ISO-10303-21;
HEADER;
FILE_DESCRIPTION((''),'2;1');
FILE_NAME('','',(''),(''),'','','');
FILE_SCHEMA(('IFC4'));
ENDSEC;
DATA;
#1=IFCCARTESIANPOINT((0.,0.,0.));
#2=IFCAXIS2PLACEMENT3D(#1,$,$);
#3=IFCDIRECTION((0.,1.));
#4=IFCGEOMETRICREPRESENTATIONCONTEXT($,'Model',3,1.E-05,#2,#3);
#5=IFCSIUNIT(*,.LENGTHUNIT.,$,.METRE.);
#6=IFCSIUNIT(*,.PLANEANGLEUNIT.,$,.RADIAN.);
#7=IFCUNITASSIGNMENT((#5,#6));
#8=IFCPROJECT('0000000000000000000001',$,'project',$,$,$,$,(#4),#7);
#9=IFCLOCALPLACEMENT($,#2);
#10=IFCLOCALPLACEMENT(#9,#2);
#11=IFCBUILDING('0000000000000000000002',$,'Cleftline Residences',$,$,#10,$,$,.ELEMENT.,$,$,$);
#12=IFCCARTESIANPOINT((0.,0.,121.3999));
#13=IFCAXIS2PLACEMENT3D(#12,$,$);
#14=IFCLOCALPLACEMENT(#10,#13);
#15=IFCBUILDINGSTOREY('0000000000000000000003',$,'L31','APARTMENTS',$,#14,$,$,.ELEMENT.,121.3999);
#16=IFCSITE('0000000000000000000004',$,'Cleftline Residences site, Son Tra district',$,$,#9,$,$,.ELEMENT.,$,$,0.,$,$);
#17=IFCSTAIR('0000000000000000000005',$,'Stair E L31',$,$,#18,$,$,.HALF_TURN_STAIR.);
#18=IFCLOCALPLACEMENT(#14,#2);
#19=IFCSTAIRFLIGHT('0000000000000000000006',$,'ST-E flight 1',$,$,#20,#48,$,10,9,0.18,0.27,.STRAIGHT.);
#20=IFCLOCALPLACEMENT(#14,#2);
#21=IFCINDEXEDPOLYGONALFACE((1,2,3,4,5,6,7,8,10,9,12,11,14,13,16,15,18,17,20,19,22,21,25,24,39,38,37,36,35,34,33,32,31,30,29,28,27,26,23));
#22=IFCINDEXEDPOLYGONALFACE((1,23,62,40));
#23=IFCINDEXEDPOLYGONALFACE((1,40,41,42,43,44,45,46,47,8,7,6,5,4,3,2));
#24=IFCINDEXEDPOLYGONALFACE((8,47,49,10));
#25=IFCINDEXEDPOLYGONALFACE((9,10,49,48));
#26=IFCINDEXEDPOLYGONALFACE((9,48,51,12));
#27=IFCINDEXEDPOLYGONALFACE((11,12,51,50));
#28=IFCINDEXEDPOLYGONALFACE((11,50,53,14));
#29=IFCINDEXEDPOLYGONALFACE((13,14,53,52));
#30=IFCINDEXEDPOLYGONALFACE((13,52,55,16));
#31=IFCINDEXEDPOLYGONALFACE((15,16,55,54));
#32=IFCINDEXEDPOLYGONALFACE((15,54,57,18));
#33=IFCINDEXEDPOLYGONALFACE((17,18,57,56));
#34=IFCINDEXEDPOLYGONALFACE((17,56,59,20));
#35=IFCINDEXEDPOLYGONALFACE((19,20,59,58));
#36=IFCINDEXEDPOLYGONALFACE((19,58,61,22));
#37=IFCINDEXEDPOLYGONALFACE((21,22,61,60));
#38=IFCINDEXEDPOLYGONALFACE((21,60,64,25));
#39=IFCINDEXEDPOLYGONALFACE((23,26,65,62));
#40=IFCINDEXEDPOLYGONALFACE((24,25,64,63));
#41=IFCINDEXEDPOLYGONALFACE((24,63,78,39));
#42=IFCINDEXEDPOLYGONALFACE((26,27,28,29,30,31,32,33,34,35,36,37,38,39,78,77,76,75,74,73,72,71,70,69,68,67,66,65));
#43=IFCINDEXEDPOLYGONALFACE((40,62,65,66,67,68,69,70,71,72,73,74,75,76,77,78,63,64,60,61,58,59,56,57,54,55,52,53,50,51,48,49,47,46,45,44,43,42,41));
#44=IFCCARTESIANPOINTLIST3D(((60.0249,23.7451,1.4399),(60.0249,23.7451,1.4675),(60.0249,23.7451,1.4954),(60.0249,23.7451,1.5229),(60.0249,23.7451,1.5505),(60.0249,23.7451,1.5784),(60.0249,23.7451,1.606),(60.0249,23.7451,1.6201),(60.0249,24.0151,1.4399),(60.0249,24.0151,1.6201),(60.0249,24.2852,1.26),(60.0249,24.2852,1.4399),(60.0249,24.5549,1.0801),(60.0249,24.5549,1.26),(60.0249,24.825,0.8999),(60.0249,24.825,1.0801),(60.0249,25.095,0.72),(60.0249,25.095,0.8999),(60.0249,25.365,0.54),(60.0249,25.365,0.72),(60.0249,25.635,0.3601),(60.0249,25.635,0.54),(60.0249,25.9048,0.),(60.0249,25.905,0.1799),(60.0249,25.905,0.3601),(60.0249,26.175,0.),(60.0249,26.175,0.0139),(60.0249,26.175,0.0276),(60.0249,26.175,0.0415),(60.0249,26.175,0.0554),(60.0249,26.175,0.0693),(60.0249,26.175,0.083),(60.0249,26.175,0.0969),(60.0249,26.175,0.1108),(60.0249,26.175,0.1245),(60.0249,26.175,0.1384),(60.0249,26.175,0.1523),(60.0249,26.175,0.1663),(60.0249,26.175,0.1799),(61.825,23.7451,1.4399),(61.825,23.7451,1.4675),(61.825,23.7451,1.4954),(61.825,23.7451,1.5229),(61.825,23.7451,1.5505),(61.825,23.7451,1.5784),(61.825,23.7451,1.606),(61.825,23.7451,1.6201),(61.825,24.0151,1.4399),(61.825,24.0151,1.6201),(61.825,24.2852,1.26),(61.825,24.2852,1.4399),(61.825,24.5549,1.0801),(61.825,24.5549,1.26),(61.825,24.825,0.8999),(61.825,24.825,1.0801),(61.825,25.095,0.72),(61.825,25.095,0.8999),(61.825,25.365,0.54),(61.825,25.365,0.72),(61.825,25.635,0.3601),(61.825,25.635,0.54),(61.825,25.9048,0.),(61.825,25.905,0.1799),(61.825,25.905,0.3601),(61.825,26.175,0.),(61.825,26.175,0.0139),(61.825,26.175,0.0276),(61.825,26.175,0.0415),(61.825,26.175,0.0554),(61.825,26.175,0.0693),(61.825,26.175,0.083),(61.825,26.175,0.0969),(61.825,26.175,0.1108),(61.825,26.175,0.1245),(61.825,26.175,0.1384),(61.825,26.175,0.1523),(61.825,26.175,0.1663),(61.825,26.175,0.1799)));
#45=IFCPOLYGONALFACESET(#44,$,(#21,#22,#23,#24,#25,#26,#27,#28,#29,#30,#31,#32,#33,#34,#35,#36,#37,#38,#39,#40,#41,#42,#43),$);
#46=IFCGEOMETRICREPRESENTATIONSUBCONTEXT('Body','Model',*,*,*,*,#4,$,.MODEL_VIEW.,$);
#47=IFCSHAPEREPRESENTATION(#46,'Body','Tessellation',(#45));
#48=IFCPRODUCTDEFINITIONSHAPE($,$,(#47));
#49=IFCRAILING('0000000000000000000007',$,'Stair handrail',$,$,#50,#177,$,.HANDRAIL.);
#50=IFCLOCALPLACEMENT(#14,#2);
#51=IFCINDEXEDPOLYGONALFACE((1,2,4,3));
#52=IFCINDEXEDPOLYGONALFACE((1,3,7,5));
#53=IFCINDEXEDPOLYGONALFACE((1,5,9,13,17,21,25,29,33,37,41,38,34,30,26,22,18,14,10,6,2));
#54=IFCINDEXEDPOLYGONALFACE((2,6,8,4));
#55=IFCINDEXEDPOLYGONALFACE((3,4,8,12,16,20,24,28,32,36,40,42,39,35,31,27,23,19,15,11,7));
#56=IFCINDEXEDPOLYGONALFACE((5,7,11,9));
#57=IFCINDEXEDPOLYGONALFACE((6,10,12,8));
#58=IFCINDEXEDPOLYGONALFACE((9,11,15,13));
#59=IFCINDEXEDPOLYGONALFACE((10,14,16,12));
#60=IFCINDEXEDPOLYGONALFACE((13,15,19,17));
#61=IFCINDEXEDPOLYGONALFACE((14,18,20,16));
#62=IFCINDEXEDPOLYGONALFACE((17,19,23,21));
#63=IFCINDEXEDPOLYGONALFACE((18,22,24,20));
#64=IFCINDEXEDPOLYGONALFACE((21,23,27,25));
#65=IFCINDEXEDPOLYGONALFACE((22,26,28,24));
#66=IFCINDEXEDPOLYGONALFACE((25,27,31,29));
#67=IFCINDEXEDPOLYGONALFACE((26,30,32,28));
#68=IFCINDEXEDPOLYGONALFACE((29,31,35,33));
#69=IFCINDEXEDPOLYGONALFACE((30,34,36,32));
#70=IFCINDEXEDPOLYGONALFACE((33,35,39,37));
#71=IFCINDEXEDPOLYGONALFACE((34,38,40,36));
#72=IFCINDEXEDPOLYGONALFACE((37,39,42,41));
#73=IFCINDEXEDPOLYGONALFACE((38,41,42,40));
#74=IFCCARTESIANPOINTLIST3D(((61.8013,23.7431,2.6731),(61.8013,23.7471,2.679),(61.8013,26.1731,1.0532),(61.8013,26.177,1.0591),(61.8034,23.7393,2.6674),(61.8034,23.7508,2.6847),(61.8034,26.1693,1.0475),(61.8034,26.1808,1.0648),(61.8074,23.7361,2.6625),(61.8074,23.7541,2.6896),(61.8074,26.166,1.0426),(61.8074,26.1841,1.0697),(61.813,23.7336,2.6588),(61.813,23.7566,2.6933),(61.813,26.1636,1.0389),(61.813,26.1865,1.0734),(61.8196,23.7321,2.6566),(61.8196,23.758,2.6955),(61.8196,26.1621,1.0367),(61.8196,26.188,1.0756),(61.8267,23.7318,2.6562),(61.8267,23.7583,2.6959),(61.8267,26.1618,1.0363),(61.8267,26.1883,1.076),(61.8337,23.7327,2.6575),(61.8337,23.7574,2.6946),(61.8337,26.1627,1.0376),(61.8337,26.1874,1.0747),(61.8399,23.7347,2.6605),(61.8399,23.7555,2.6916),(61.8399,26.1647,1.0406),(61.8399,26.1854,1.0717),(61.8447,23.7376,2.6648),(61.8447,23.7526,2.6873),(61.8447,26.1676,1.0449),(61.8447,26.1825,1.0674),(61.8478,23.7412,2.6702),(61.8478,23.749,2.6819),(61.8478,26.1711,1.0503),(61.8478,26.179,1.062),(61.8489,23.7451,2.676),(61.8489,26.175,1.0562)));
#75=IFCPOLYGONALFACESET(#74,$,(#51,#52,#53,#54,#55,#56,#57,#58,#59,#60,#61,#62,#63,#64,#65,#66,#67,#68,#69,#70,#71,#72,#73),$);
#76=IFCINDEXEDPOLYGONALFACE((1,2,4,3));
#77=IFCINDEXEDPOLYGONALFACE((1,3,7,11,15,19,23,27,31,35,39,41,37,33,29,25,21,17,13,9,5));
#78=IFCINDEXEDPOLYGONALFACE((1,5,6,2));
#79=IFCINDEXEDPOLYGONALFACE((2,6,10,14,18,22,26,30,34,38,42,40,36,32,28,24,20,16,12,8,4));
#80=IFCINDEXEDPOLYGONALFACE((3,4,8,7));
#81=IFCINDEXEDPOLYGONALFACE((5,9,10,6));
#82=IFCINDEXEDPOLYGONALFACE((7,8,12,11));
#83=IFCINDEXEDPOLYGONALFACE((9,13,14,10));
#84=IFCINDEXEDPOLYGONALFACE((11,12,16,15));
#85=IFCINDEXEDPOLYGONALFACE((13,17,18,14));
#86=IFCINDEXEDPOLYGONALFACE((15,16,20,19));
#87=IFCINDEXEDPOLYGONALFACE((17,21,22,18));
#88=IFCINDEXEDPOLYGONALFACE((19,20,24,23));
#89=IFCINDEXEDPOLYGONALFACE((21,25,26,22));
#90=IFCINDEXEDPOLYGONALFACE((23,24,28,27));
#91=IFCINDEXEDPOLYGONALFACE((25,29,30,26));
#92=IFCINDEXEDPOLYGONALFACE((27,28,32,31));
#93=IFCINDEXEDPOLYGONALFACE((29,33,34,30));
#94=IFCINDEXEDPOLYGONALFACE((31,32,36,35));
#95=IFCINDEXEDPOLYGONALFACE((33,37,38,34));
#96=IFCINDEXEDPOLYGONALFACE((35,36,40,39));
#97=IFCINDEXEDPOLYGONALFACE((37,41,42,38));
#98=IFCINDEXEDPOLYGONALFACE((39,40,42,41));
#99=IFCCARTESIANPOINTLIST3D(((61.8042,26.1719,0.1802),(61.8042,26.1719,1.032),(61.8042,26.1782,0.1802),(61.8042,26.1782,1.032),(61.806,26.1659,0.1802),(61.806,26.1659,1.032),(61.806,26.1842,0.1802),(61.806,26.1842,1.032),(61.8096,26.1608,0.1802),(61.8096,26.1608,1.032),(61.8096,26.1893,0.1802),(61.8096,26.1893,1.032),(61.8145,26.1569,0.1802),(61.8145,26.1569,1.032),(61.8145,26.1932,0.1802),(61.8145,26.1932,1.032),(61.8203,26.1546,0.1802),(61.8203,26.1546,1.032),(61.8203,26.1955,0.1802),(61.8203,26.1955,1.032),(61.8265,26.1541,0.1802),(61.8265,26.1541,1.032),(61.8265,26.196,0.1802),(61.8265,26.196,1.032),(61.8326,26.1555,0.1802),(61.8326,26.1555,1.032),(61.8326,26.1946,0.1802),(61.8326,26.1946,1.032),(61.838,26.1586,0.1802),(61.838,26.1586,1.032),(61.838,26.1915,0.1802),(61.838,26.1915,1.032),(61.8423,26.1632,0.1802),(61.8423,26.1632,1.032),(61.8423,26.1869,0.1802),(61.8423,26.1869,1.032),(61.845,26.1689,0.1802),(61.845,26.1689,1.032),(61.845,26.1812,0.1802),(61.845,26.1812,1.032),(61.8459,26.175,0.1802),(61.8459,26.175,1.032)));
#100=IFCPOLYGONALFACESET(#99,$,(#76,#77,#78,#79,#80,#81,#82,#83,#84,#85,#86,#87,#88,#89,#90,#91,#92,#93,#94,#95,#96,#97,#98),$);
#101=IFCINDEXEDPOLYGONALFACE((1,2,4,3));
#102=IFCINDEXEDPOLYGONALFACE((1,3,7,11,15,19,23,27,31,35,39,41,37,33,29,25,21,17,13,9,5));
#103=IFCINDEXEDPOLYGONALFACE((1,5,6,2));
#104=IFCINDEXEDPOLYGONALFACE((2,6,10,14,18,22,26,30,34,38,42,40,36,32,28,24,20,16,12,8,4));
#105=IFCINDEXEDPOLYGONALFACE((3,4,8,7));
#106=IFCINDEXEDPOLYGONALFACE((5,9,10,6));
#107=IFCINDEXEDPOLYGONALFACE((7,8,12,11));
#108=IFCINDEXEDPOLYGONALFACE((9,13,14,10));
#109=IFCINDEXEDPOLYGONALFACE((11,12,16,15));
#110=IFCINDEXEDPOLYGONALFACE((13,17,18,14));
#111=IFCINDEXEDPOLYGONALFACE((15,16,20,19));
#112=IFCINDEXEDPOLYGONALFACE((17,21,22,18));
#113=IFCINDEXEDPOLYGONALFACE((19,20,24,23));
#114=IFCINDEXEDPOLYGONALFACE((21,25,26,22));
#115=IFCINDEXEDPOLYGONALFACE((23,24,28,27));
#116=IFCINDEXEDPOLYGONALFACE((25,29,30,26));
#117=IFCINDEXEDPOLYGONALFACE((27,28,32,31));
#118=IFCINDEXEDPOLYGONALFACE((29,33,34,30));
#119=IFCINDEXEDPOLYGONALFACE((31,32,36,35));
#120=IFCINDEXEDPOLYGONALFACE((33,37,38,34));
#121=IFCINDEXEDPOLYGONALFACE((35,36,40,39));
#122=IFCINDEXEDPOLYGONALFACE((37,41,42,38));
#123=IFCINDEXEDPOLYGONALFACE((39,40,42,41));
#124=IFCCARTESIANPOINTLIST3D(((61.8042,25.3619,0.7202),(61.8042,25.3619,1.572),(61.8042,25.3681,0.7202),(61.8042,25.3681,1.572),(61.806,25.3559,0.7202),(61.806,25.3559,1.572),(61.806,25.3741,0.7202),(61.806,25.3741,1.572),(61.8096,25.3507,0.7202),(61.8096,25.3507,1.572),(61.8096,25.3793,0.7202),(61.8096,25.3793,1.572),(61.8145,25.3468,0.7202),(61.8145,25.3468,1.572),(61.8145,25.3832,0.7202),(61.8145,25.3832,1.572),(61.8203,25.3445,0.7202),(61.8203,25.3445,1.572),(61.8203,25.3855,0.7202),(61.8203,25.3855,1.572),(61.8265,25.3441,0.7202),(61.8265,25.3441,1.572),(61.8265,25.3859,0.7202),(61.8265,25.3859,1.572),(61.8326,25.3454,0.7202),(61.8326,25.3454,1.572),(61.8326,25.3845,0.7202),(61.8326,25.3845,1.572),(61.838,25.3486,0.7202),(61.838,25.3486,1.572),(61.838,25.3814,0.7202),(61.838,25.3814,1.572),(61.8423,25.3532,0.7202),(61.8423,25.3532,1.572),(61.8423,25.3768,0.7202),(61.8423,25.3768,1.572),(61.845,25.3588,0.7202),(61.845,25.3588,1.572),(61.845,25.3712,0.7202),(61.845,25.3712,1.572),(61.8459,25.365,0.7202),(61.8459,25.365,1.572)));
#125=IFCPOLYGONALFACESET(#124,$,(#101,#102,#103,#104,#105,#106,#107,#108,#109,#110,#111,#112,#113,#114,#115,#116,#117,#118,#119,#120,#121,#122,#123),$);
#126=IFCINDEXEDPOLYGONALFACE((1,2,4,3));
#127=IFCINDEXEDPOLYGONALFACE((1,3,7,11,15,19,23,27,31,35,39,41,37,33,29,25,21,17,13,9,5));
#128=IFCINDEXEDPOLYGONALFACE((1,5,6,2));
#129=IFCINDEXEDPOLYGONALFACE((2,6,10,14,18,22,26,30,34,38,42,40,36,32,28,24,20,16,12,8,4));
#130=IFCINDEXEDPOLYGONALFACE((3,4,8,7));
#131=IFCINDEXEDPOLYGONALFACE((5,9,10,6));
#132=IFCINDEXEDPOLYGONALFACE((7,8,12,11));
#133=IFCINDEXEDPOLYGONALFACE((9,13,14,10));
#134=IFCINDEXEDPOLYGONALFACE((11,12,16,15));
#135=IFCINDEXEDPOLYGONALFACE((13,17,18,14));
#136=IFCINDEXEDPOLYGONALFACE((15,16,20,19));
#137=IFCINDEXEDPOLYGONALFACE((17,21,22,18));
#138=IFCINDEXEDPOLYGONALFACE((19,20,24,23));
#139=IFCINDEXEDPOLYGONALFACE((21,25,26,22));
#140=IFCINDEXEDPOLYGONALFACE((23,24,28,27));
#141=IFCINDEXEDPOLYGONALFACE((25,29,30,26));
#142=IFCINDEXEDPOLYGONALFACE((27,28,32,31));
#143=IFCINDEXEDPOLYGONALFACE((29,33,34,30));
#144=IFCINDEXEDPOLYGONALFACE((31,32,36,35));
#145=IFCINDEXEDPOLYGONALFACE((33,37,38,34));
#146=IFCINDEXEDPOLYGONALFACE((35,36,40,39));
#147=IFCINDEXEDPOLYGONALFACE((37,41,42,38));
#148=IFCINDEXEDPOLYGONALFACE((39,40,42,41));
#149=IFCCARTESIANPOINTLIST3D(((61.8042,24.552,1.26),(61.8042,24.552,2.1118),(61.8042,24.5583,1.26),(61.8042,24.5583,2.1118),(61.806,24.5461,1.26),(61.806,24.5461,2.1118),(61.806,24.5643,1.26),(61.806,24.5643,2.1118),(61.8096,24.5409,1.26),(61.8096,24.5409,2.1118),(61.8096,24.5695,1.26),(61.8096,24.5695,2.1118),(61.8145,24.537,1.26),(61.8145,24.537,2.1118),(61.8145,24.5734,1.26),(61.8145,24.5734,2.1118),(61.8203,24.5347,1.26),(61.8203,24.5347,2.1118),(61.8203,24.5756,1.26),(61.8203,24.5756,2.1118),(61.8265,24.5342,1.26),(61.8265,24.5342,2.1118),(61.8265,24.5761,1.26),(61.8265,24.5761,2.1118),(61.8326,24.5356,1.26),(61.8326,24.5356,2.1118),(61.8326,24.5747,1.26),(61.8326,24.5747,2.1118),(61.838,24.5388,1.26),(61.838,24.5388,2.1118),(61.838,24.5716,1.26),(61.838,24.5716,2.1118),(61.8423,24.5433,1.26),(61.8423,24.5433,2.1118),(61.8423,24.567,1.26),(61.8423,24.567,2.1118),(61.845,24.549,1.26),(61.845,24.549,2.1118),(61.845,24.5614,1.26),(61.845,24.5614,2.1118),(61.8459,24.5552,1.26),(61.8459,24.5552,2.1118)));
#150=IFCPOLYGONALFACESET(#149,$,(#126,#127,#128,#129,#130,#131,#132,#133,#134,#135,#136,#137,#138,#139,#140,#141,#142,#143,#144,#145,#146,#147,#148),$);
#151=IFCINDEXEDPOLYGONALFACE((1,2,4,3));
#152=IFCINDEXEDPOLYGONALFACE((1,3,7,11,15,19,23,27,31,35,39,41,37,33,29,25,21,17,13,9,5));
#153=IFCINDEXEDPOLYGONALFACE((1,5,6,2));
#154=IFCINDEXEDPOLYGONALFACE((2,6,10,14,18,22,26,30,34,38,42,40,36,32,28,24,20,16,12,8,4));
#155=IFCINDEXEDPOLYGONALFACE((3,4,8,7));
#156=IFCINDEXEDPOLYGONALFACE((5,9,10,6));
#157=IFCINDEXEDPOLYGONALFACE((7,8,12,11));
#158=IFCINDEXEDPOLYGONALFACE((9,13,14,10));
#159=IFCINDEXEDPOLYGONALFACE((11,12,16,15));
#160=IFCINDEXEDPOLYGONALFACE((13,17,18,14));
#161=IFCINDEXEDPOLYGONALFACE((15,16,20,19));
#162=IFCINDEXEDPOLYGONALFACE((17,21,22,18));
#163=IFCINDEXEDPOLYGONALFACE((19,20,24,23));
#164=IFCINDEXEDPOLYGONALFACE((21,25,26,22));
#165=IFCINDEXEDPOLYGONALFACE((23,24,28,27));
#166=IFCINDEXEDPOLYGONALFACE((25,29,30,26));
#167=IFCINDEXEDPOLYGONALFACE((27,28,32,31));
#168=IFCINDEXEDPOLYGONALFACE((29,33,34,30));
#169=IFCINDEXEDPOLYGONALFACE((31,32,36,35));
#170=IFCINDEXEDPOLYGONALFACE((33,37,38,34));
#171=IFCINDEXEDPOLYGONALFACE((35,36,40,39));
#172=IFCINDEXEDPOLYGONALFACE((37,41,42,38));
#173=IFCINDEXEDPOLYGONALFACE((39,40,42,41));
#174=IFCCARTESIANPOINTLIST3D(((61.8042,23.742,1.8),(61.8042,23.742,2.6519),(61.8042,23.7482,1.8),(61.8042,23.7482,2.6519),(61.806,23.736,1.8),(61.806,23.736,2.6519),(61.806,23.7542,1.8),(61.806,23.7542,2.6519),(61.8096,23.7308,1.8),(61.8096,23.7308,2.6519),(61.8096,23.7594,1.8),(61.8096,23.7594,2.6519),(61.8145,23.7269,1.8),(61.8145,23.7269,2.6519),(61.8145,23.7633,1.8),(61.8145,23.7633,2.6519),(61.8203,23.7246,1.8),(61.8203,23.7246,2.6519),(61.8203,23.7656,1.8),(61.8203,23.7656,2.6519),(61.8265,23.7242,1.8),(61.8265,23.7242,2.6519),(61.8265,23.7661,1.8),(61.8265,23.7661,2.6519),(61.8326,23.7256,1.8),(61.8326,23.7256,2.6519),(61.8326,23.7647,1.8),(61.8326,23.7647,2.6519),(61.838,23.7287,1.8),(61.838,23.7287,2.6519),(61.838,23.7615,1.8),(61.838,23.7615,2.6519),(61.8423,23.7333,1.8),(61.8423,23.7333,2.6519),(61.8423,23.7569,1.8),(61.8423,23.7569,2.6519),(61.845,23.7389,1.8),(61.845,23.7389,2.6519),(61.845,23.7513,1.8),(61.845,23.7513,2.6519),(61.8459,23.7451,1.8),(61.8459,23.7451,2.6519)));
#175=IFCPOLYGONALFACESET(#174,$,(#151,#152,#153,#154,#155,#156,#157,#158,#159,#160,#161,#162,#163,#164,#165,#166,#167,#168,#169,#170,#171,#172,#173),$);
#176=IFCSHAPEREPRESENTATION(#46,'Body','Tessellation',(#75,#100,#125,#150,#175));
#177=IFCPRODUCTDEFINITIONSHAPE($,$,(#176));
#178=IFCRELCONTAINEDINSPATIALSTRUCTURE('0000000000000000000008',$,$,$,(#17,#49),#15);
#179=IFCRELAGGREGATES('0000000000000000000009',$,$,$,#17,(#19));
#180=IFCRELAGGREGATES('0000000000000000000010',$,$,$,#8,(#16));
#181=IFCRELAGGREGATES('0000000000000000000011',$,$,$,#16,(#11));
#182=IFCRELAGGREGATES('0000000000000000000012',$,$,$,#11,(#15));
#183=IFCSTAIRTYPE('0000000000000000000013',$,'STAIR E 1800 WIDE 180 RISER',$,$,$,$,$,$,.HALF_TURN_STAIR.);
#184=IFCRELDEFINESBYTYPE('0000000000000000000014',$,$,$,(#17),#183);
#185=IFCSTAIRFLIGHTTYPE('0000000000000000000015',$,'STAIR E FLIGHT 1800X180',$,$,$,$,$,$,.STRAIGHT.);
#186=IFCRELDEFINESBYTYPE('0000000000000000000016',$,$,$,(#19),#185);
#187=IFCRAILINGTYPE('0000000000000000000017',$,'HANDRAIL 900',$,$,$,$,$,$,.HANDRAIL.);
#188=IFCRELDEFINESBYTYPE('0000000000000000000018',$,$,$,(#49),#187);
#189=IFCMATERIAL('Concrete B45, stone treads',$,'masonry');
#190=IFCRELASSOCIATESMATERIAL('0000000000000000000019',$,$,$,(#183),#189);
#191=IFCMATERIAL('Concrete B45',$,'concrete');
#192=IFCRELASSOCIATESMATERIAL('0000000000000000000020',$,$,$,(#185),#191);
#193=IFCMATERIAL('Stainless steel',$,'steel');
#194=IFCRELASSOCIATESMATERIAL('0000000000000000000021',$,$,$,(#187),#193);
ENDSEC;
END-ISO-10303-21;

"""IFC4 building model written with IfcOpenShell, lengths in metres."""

from ifc_helpers import new_model, si_unit, direction, frame, origin, origin_2d, place, context, subcontext, project, spatial, polyline, circle, outline, extrude, material, type_object, element, aggregate, save


model = new_model("IFC4")

# Units and contexts
model_context = context("Model", 3, precision=1e-05, world=origin(), true_north=direction((0.0, 1.0)))
body_context = subcontext(model_context, "Body", "Model", "MODEL_VIEW")
ifc_project = project(units=[si_unit("LENGTHUNIT", "METRE"), si_unit("PLANEANGLEUNIT", "RADIAN")], contexts=[model_context])

# Site, building, storey
site_placement = place(None, origin())
site = spatial("IfcSite", under=ifc_project, at=site_placement, Name="Cleftline Residences site, Son Tra district", CompositionType="ELEMENT", RefElevation=0.0)
building_placement = place(site_placement, origin())
building = spatial("IfcBuilding", under=site, at=building_placement, Name="Cleftline Residences", CompositionType="ELEMENT")
storey_placement = place(building_placement, frame((0.0, 0.0, 121.3999)))
storey = spatial("IfcBuildingStorey", under=building, at=storey_placement, Name="L31", Description="APARTMENTS", CompositionType="ELEMENT", Elevation=121.3999)

# Stair, stair flight
ifc_material_1 = material(Name="Concrete B45, stone treads", Category="masonry")
stair_type = type_object("IfcStairType", Name="STAIR E 1800 WIDE 180 RISER", PredefinedType="HALF_TURN_STAIR", material=ifc_material_1)
stair_placement = place(storey_placement, origin())
stair = element("IfcStair", 1, at=stair_placement, inside=storey, type_object=stair_type, Name="Stair E L31", PredefinedType="HALF_TURN_STAIR")
ifc_material_2 = material(Name="Concrete B45", Category="concrete")
stair_flight_type = type_object("IfcStairFlightType", Name="STAIR E FLIGHT 1800X180", PredefinedType="STRAIGHT", material=ifc_material_2)
stair_flight_placement = place(storey_placement, frame((60.925, 26.175, 0.0), z_axis=(0.0, 0.0, 1.0), x_axis=(0.0, -1.0, 0.0)))
stair_flight = element("IfcStairFlight", 2, at=stair_flight_placement, type_object=stair_flight_type, Name="ST-E flight 1", NumberOfRisers=10, NumberOfTreads=9, PredefinedType="STRAIGHT", RiserHeight=0.18, TreadLength=0.27, context=body_context, shape_type="SweptSolid", body=[
    extrude(outline(polyline([(0.0, 0.0), (0.0, 0.0139), (0.0, 0.0276), (0.0, 0.0415), (0.0, 0.0554), (0.0, 0.0693), (0.0, 0.083), (0.0, 0.0969), (0.0, 0.1108), (0.0, 0.1245), (0.0, 0.1384), (0.0, 0.1523), (0.0, 0.1663), (0.0, 0.1799), (0.27, 0.1799), (0.27, 0.3601), (0.54, 0.3601), (0.54, 0.54), (0.8101, 0.54), (0.8101, 0.72), (1.0801, 0.72), (1.0801, 0.8999), (1.3501, 0.8999), (1.3501, 1.0801), (1.6201, 1.0801), (1.6201, 1.26), (1.8899, 1.26), (1.8899, 1.4399), (2.1599, 1.4399), (2.1599, 1.6201), (2.4299, 1.6201), (2.4299, 1.8), (2.4299, 1.7722), (2.4299, 1.7446), (2.4299, 1.7168), (2.4299, 1.6892), (2.4299, 1.6614), (2.4299, 1.6338), (2.4299, 1.606), (2.4299, 1.5784), (2.4299, 1.5505), (2.4299, 1.5229), (2.4299, 1.4954), (2.4299, 1.4675), (2.4299, 1.4399), (0.2703, 0.0), (0.0, 0.0)])), frame((0.0, 0.8999, 0.0), z_axis=(0.0, -1.0, 0.0), x_axis=(1.0, 0.0, 0.0)), (0.0, 0.0, 1.0), 1.8),
])
aggregate(stair, [stair_flight])

# Railing
ifc_material_3 = material(Name="Stainless steel", Category="steel")
railing_type = type_object("IfcRailingType", Name="HANDRAIL 900", PredefinedType="HANDRAIL", material=ifc_material_3)
railing_placement = place(storey_placement, frame((61.825, 26.175, 0.1802)))
element("IfcRailing", 3, at=railing_placement, inside=storey, type_object=railing_type, Name="Stair handrail", PredefinedType="HANDRAIL", context=body_context, shape_type="SweptSolid", body=[
    extrude(circle(Radius=0.0239, at=origin_2d()), frame((0.0, 0.0, 0.876), z_axis=(0.0, -0.832063, 0.554681), x_axis=(1.0, 0.0, 0.0)), (0.0, 0.0, 1.0), 2.9204),
    extrude(circle(Radius=0.021, at=origin_2d()), origin(), (0.0, 0.0, 1.0), 0.8518),
    extrude(circle(Radius=0.021, at=origin_2d()), frame((0.0, -0.8101, 0.54)), (0.0, 0.0, 1.0), 0.8518),
    extrude(circle(Radius=0.021, at=origin_2d()), frame((0.0, -1.6199, 1.0798)), (0.0, 0.0, 1.0), 0.8518),
    extrude(circle(Radius=0.021, at=origin_2d()), frame((0.0, -2.4299, 1.6199)), (0.0, 0.0, 1.0), 0.8518),
])

save(model, "model.ifc")
